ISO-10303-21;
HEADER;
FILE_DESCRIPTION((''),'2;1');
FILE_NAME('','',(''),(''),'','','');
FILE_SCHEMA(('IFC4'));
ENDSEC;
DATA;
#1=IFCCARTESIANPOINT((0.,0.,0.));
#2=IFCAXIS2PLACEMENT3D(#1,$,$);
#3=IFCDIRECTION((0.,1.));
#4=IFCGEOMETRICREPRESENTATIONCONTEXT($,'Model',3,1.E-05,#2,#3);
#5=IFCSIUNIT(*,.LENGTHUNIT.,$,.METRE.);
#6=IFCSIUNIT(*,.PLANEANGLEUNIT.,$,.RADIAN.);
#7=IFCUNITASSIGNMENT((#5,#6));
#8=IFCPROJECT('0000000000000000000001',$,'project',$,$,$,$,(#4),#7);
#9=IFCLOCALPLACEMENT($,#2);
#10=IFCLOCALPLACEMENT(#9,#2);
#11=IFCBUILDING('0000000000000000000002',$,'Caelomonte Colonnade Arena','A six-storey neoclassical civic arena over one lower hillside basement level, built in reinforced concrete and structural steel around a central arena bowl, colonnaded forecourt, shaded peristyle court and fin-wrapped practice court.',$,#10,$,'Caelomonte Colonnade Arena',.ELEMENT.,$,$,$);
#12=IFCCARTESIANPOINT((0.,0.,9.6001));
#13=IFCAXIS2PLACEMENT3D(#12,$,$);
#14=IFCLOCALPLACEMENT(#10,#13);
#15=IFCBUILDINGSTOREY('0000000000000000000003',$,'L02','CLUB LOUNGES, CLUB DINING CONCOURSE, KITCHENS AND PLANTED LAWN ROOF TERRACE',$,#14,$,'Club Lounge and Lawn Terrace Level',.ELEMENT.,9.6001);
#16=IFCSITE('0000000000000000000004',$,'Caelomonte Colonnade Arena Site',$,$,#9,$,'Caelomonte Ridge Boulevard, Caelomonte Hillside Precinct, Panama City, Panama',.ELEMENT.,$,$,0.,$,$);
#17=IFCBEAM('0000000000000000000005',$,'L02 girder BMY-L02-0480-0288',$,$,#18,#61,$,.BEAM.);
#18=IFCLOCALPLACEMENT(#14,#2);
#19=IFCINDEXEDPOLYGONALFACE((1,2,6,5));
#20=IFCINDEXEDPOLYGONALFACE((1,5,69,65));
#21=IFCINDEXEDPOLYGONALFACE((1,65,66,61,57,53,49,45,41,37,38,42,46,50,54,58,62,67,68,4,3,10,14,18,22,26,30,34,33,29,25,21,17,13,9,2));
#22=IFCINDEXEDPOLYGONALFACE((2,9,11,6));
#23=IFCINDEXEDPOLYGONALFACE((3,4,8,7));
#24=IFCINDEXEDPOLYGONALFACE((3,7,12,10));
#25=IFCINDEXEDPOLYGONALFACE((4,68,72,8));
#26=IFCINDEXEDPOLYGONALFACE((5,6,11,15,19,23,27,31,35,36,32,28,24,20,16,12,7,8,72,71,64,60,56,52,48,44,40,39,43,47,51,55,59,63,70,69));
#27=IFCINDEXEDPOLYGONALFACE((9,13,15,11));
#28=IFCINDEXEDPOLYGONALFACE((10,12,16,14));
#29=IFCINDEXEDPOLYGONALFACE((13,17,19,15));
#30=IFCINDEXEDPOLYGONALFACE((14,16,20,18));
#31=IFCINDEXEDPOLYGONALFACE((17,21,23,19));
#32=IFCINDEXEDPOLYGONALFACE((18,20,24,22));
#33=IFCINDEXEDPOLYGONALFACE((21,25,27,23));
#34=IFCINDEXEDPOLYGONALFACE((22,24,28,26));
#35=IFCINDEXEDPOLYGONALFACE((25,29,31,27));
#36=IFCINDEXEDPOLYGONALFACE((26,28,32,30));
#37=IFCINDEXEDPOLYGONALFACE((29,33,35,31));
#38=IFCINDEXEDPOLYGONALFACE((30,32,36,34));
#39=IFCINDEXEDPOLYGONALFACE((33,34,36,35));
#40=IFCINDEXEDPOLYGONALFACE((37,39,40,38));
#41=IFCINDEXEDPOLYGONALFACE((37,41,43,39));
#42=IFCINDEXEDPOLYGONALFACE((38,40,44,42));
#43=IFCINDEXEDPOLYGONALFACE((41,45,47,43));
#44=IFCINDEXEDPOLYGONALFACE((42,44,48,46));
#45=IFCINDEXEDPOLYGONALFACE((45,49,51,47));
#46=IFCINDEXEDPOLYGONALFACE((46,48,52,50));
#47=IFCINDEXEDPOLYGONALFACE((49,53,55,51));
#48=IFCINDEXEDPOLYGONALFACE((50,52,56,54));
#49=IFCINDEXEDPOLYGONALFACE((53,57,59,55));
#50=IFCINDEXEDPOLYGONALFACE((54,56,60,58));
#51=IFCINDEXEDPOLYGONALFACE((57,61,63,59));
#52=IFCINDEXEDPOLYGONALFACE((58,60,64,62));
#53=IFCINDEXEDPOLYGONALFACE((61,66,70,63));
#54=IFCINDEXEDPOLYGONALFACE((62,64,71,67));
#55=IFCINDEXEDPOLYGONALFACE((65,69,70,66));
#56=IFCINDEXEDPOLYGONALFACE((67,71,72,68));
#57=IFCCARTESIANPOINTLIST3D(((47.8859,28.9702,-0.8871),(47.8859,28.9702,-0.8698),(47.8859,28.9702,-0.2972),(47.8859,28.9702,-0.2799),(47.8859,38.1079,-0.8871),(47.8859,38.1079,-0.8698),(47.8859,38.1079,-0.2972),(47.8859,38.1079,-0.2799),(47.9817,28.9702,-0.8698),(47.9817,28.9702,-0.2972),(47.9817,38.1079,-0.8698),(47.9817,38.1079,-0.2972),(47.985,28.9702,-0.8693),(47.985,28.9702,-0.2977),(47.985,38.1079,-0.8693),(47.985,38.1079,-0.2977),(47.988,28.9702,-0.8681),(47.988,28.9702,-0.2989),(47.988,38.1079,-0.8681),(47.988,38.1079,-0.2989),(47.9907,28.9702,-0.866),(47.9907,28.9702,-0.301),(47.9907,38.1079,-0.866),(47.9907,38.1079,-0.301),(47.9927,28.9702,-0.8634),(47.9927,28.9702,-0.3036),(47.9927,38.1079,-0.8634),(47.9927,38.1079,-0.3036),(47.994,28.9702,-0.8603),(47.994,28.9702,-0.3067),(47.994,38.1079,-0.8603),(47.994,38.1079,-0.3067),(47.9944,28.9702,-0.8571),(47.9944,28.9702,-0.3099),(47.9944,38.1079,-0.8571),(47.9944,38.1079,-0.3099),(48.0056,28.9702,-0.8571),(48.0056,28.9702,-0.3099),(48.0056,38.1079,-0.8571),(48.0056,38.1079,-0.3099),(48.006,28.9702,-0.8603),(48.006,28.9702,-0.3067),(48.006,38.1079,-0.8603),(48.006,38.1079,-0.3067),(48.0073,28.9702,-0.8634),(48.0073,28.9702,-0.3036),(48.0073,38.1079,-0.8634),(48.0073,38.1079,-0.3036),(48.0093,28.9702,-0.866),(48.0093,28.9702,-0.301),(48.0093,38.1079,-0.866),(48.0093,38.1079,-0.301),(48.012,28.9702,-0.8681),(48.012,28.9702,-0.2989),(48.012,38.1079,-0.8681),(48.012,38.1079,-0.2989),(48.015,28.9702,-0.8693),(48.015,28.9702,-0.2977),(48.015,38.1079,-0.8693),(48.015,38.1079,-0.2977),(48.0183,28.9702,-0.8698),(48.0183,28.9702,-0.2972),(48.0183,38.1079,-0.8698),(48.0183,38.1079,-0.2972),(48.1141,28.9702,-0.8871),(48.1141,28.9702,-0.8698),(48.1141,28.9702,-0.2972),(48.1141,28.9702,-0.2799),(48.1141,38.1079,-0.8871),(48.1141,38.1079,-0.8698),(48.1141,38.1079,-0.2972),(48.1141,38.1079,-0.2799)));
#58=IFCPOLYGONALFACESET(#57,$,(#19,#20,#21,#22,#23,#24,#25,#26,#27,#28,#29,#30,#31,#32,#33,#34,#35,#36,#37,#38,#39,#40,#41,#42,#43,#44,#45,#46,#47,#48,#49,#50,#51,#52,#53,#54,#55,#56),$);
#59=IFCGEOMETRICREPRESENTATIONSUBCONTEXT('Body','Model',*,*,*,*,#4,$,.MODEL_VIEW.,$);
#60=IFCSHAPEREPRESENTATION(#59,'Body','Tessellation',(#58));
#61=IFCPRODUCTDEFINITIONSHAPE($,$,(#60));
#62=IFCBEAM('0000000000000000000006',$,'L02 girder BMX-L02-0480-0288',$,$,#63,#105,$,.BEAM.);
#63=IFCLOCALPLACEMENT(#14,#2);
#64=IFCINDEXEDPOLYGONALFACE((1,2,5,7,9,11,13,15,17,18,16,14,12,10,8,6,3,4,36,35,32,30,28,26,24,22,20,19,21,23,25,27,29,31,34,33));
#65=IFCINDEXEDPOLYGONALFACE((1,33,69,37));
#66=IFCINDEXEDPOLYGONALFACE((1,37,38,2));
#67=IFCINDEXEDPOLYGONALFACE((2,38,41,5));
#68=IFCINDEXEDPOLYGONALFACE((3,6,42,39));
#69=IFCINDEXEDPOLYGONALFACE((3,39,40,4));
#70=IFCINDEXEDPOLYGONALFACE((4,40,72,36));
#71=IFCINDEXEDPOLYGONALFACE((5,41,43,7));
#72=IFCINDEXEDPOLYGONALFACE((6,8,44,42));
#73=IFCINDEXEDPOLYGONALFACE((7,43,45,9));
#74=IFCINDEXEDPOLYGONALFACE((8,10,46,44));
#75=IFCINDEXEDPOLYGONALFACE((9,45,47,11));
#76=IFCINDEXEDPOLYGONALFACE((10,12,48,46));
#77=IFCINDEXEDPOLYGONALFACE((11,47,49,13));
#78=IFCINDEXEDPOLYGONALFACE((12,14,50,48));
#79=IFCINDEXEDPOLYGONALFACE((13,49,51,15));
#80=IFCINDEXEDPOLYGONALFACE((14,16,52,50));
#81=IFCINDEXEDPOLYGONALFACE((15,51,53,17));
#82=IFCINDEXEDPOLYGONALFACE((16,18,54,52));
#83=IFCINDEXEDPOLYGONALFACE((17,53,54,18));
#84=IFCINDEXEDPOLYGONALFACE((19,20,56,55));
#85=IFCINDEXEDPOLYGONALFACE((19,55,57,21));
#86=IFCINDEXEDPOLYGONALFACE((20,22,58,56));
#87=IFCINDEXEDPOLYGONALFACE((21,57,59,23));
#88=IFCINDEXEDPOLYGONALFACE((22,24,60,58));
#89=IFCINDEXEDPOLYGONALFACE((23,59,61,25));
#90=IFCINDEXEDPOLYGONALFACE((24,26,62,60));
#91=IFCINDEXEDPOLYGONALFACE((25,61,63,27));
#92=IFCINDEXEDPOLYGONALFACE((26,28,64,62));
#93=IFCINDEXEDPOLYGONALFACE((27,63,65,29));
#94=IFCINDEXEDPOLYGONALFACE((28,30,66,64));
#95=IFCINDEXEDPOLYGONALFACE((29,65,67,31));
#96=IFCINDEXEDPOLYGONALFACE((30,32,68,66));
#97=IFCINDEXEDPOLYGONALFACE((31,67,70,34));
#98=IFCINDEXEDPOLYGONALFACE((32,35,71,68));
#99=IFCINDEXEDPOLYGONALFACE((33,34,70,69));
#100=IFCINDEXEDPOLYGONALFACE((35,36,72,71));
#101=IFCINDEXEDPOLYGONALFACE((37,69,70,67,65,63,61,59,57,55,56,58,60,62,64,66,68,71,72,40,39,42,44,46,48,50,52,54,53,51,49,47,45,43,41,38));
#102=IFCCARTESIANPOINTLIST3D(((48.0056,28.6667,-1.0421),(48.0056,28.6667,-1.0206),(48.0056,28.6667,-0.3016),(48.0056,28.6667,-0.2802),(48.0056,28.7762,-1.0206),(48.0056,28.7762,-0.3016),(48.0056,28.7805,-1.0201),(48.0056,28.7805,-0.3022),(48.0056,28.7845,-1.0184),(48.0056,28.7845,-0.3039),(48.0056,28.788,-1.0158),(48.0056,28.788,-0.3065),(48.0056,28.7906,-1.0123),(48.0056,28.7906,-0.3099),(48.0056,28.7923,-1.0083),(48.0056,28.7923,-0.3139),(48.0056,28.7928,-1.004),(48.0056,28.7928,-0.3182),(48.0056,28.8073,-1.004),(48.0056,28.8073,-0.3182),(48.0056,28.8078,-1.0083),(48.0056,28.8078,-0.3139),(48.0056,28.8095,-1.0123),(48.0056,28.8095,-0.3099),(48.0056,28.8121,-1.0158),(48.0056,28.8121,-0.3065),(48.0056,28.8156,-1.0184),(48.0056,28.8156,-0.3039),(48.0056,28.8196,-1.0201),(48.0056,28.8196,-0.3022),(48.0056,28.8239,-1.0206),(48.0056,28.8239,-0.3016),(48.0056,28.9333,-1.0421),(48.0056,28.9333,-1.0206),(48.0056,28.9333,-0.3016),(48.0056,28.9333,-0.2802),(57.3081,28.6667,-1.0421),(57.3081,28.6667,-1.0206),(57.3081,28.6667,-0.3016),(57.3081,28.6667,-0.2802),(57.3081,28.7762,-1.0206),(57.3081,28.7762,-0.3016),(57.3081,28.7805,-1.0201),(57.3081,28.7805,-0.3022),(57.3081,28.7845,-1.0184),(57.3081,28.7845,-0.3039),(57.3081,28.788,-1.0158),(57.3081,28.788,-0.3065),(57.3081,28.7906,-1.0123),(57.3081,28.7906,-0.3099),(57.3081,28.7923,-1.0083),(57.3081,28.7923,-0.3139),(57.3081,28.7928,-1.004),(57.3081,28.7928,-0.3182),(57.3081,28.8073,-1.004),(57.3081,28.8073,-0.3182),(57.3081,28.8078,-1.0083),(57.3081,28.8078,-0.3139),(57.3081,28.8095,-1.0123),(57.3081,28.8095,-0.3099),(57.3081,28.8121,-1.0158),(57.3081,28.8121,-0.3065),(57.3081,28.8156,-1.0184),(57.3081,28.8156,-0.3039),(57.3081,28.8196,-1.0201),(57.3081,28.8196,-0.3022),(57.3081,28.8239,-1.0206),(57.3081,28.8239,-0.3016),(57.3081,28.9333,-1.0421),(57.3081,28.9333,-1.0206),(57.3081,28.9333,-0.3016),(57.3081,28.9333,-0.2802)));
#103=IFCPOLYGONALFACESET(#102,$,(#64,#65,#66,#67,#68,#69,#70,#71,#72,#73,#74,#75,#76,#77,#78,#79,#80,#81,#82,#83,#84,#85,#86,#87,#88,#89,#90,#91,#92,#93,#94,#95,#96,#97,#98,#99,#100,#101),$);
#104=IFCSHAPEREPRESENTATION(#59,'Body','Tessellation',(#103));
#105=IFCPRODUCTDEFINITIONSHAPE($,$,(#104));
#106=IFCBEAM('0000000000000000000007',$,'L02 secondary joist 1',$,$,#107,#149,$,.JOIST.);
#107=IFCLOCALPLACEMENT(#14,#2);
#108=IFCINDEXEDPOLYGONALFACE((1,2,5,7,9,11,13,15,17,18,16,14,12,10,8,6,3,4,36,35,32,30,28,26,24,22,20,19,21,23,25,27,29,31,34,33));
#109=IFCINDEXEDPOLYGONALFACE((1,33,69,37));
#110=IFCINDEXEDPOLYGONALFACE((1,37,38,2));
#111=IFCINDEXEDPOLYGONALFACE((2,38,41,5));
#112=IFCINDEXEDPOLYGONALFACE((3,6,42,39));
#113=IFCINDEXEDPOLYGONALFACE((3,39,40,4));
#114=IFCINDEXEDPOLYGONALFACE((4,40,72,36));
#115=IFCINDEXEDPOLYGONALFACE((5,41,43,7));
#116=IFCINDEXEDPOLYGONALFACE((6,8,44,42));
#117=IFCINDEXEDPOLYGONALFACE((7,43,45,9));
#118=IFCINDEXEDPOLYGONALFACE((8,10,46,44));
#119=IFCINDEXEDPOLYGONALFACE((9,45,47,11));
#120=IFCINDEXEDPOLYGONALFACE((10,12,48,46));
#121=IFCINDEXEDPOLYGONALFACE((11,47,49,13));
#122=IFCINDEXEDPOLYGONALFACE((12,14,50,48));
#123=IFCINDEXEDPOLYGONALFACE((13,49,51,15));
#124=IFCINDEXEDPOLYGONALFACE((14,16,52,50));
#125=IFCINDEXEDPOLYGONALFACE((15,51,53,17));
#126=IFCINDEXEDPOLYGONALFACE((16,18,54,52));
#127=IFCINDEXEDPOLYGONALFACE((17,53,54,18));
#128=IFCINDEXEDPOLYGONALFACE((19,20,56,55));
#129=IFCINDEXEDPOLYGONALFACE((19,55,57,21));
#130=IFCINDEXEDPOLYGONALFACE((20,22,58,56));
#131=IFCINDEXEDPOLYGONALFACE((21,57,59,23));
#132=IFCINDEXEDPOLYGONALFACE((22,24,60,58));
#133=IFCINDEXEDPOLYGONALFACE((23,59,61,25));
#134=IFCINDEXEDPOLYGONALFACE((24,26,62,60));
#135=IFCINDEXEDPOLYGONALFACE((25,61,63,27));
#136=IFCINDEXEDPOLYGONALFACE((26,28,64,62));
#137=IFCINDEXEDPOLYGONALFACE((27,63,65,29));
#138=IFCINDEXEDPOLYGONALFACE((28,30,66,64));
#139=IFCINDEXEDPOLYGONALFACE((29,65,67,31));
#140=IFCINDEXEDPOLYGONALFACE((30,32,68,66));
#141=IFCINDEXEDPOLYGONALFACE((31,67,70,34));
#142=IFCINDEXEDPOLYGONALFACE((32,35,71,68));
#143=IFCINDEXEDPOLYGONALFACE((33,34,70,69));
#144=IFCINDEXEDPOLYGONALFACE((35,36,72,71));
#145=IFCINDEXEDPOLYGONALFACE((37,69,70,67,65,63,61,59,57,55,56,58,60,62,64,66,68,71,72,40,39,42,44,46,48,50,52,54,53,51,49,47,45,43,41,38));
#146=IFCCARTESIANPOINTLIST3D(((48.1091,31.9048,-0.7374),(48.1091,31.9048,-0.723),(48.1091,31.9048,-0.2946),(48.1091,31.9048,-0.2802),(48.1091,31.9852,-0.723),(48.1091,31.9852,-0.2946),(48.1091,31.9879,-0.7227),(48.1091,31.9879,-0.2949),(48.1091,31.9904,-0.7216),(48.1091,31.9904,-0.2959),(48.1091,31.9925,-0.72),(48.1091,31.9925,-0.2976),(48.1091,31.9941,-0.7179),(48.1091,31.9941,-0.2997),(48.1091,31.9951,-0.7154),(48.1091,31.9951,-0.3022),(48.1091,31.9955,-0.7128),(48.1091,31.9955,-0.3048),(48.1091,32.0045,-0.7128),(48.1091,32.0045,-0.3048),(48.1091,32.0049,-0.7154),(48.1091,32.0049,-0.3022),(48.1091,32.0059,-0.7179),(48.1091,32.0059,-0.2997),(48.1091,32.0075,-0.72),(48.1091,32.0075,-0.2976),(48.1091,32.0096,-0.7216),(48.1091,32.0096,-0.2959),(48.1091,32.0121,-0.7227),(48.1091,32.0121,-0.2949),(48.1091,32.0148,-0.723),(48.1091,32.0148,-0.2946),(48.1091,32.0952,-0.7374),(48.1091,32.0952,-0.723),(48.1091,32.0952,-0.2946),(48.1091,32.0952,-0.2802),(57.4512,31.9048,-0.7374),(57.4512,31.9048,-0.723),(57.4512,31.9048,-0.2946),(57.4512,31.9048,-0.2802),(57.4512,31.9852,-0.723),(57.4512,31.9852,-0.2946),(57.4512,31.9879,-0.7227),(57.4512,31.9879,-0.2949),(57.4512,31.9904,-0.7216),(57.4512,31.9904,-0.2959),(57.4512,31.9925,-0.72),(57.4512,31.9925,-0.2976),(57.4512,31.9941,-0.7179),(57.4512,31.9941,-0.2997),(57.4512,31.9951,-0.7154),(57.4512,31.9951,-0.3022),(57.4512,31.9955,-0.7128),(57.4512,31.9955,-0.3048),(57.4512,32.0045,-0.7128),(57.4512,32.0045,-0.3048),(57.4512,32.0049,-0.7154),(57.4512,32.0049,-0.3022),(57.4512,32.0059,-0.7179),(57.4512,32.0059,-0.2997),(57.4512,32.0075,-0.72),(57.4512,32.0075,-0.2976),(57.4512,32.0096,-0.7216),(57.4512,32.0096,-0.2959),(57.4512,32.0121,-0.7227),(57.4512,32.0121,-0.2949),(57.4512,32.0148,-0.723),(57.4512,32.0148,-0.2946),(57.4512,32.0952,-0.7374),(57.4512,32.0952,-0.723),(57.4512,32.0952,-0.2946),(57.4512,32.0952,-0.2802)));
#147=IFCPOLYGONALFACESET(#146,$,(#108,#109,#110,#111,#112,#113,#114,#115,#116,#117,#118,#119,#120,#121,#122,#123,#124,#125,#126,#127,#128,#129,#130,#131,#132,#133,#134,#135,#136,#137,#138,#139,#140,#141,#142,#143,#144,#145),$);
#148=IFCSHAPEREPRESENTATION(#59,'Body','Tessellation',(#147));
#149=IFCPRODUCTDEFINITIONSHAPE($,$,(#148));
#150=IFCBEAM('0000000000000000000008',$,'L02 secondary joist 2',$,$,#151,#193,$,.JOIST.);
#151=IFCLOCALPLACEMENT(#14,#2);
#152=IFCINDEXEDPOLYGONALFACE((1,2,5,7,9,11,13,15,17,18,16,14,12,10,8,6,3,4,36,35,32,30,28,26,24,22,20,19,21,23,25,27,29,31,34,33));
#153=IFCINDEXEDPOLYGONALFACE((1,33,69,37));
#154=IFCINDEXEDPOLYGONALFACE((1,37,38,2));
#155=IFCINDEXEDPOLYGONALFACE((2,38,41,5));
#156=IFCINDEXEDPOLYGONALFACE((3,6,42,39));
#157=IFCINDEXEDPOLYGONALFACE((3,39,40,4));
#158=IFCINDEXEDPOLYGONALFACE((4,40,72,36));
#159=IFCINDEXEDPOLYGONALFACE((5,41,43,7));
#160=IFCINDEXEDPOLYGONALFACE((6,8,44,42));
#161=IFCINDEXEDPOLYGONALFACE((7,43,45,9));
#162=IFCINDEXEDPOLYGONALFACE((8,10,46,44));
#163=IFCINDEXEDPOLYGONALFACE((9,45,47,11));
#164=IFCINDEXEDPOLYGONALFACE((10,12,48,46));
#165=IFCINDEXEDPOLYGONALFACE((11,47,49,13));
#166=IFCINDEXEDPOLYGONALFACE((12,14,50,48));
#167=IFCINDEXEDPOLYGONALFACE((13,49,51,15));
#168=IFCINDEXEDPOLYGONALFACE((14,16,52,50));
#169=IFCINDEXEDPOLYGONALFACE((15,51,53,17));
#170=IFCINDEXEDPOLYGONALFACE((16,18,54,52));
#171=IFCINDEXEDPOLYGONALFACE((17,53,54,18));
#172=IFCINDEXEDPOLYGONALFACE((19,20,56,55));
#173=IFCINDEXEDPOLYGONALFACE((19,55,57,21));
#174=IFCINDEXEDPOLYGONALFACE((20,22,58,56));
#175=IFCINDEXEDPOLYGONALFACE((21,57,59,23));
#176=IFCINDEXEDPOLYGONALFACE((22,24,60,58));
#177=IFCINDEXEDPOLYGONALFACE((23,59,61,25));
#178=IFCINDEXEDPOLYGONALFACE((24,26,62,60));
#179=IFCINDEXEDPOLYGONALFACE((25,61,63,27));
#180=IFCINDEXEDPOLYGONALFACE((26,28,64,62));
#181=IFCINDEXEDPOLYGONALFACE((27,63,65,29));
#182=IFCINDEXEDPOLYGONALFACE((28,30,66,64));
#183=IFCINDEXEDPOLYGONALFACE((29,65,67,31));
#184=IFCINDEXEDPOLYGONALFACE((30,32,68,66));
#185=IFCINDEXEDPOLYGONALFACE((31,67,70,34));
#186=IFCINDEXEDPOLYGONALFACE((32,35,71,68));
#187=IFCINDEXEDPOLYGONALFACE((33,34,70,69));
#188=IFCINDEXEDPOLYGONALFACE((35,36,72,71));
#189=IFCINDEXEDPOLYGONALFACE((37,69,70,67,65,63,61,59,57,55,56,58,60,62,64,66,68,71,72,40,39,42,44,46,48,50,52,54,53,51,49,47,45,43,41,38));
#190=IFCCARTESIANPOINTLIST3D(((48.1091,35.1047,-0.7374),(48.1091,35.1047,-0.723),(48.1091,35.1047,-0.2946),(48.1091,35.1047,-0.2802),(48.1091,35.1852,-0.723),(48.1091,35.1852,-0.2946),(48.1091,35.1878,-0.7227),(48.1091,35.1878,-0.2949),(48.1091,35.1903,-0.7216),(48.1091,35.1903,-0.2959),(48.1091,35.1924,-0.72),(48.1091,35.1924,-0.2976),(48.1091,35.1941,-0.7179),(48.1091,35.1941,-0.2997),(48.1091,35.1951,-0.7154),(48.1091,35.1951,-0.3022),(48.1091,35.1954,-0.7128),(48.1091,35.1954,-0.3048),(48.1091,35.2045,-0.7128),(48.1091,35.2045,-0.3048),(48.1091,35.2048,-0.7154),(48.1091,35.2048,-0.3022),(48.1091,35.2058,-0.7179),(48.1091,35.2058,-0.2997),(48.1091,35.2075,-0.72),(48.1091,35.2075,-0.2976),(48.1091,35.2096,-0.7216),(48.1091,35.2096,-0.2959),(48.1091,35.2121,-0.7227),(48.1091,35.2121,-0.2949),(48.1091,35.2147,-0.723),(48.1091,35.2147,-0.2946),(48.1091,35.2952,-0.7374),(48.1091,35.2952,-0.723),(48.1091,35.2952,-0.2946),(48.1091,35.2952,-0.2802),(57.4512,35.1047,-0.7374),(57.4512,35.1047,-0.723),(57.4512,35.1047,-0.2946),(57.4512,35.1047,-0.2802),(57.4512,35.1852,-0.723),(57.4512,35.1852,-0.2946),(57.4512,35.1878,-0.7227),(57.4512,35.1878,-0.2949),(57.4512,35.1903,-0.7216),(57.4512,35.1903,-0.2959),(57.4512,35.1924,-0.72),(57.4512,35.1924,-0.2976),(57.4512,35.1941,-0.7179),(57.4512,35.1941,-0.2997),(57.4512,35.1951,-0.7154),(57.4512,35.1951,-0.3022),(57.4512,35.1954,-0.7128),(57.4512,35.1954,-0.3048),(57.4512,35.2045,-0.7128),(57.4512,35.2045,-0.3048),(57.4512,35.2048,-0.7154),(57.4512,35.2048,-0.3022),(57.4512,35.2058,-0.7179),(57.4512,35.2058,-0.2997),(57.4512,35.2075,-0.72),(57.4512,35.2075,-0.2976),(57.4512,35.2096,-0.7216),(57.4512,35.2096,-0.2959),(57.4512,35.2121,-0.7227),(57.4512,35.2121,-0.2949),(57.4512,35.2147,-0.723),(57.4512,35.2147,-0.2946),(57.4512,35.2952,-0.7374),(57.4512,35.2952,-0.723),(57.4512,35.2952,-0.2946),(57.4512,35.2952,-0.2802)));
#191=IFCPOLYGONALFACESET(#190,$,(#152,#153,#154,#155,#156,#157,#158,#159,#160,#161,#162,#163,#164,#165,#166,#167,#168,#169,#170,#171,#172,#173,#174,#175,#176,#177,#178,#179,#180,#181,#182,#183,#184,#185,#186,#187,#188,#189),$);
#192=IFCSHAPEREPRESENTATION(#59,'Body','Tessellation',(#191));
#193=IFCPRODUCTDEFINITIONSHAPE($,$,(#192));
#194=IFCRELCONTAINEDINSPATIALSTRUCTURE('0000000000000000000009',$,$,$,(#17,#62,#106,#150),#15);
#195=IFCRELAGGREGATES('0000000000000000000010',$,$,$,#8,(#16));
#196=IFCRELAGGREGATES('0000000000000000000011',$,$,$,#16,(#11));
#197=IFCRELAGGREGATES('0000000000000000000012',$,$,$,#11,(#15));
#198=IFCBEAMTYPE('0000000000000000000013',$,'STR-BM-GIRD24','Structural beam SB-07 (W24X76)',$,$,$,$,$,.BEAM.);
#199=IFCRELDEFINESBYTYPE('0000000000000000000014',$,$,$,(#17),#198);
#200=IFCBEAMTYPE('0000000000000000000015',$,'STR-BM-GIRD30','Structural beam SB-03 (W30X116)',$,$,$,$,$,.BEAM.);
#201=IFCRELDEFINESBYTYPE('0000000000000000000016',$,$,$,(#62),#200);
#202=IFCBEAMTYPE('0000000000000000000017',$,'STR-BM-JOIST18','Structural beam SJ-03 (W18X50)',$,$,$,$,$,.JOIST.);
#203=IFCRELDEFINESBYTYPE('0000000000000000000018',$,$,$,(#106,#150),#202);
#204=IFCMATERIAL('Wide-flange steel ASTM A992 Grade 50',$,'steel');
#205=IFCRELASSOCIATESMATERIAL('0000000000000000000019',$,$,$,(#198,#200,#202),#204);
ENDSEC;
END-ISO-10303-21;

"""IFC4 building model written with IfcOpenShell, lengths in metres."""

from ifc_helpers import new_model, si_unit, direction, frame, origin, origin_2d, place, context, subcontext, project, spatial, i_section, extrude, material, material_profile, profile_set, type_object, element, save


model = new_model("IFC4")

# Units and contexts
model_context = context("Model", 3, precision=1e-05, world=origin(), true_north=direction((0.0, 1.0)))
body_context = subcontext(model_context, "Body", "Model", "MODEL_VIEW")
ifc_project = project(units=[si_unit("LENGTHUNIT", "METRE"), si_unit("PLANEANGLEUNIT", "RADIAN")], contexts=[model_context])

# Site, building, storey
site_placement = place(None, origin())
site = spatial("IfcSite", under=ifc_project, at=site_placement, Name="Caelomonte Colonnade Arena Site", LongName="Caelomonte Ridge Boulevard, Caelomonte Hillside Precinct, Panama City, Panama", CompositionType="ELEMENT", RefElevation=0.0)
building_placement = place(site_placement, origin())
building = spatial("IfcBuilding", under=site, at=building_placement, Name="Caelomonte Colonnade Arena", Description="A six-storey neoclassical civic arena over one lower hillside basement level, built in reinforced concrete and structural steel around a central arena bowl, colonnaded forecourt, shaded peristyle court and fin-wrapped practice court.", LongName="Caelomonte Colonnade Arena", CompositionType="ELEMENT")
storey_placement = place(building_placement, frame((0.0, 0.0, 9.6001)))
storey = spatial("IfcBuildingStorey", under=building, at=storey_placement, Name="L02", Description="CLUB LOUNGES, CLUB DINING CONCOURSE, KITCHENS AND PLANTED LAWN ROOF TERRACE", LongName="Club Lounge and Lawn Terrace Level", CompositionType="ELEMENT", Elevation=9.6001)

# Beams
ifc_material_1 = material(Name="Wide-flange steel ASTM A992 Grade 50", Category="steel")
ifc_material_profile_1 = material_profile(ifc_material_1, i_section(OverallWidth=0.2283, OverallDepth=0.6072, WebThickness=0.0112, FlangeThickness=0.0173, FilletRadius=0.0127, at=origin_2d()), Name="W24X76")
ifc_profile_set_1 = profile_set([ifc_material_profile_1], Name="Wide-flange steel ASTM A992 Grade 50")
beam_type_1 = type_object("IfcBeamType", Name="STR-BM-GIRD24", Description="Structural beam SB-07 (W24X76)", PredefinedType="BEAM", material=ifc_profile_set_1)
beam_1_placement = place(storey_placement, frame((48.0, 28.9702, -0.5835), z_axis=(0.0, 1.0, 0.0), x_axis=(-1.0, 0.0, 0.0)))
element("IfcBeam", 1, at=beam_1_placement, inside=storey, type_object=beam_type_1, Name="L02 girder BMY-L02-0480-0288", PredefinedType="BEAM", context=body_context, shape_type="SweptSolid", body=[
    extrude(i_section(OverallWidth=0.2283, OverallDepth=0.6072, WebThickness=0.0112, FlangeThickness=0.0173, FilletRadius=0.0127, at=origin_2d()), origin(), (0.0, 0.0, 1.0), 9.1377),
])
ifc_material_profile_2 = material_profile(ifc_material_1, i_section(OverallWidth=0.2666, OverallDepth=0.762, WebThickness=0.0144, FlangeThickness=0.0215, FilletRadius=0.0166, at=origin_2d()), Name="W30X116")
ifc_profile_set_2 = profile_set([ifc_material_profile_2], Name="Wide-flange steel ASTM A992 Grade 50")
beam_type_2 = type_object("IfcBeamType", Name="STR-BM-GIRD30", Description="Structural beam SB-03 (W30X116)", PredefinedType="BEAM", material=ifc_profile_set_2)
beam_2_placement = place(storey_placement, frame((48.0056, 28.8, -0.6611), z_axis=(1.0, 0.0, 0.0), x_axis=(0.0, 1.0, 0.0)))
element("IfcBeam", 2, at=beam_2_placement, inside=storey, type_object=beam_type_2, Name="L02 girder BMX-L02-0480-0288", PredefinedType="BEAM", context=body_context, shape_type="SweptSolid", body=[
    extrude(i_section(OverallWidth=0.2666, OverallDepth=0.762, WebThickness=0.0144, FlangeThickness=0.0215, FilletRadius=0.0166, at=origin_2d()), origin(), (0.0, 0.0, 1.0), 9.3025),
])
ifc_material_profile_3 = material_profile(ifc_material_1, i_section(OverallWidth=0.1904, OverallDepth=0.4573, WebThickness=0.009, FlangeThickness=0.0144, FilletRadius=0.0103, at=origin_2d()), Name="W18X50")
ifc_profile_set_3 = profile_set([ifc_material_profile_3], Name="Wide-flange steel ASTM A992 Grade 50")
beam_type_3 = type_object("IfcBeamType", Name="STR-BM-JOIST18", Description="Structural beam SJ-03 (W18X50)", PredefinedType="JOIST", material=ifc_profile_set_3)
for number, where, z_axis, x_axis, name in (
    (3, (48.1091, 32.0, -0.5088), (1.0, 0.0, 0.0), (0.0, 1.0, 0.0), "L02 secondary joist 1"),
    (4, (48.1091, 35.2, -0.5088), (1.0, 0.0, 0.0), (0.0, 1.0, 0.0), "L02 secondary joist 2"),
):
    element("IfcBeam", number, at=place(storey_placement, frame(where, z_axis=z_axis, x_axis=x_axis)), inside=storey, type_object=beam_type_3, Name=name, PredefinedType="JOIST", context=body_context, shape_type="SweptSolid", body=[
        extrude(i_section(OverallWidth=0.1904, OverallDepth=0.4573, WebThickness=0.009, FlangeThickness=0.0144, FilletRadius=0.0103, at=origin_2d()), origin(), (0.0, 0.0, 1.0), 9.342),
    ])

save(model, "model.ifc")
